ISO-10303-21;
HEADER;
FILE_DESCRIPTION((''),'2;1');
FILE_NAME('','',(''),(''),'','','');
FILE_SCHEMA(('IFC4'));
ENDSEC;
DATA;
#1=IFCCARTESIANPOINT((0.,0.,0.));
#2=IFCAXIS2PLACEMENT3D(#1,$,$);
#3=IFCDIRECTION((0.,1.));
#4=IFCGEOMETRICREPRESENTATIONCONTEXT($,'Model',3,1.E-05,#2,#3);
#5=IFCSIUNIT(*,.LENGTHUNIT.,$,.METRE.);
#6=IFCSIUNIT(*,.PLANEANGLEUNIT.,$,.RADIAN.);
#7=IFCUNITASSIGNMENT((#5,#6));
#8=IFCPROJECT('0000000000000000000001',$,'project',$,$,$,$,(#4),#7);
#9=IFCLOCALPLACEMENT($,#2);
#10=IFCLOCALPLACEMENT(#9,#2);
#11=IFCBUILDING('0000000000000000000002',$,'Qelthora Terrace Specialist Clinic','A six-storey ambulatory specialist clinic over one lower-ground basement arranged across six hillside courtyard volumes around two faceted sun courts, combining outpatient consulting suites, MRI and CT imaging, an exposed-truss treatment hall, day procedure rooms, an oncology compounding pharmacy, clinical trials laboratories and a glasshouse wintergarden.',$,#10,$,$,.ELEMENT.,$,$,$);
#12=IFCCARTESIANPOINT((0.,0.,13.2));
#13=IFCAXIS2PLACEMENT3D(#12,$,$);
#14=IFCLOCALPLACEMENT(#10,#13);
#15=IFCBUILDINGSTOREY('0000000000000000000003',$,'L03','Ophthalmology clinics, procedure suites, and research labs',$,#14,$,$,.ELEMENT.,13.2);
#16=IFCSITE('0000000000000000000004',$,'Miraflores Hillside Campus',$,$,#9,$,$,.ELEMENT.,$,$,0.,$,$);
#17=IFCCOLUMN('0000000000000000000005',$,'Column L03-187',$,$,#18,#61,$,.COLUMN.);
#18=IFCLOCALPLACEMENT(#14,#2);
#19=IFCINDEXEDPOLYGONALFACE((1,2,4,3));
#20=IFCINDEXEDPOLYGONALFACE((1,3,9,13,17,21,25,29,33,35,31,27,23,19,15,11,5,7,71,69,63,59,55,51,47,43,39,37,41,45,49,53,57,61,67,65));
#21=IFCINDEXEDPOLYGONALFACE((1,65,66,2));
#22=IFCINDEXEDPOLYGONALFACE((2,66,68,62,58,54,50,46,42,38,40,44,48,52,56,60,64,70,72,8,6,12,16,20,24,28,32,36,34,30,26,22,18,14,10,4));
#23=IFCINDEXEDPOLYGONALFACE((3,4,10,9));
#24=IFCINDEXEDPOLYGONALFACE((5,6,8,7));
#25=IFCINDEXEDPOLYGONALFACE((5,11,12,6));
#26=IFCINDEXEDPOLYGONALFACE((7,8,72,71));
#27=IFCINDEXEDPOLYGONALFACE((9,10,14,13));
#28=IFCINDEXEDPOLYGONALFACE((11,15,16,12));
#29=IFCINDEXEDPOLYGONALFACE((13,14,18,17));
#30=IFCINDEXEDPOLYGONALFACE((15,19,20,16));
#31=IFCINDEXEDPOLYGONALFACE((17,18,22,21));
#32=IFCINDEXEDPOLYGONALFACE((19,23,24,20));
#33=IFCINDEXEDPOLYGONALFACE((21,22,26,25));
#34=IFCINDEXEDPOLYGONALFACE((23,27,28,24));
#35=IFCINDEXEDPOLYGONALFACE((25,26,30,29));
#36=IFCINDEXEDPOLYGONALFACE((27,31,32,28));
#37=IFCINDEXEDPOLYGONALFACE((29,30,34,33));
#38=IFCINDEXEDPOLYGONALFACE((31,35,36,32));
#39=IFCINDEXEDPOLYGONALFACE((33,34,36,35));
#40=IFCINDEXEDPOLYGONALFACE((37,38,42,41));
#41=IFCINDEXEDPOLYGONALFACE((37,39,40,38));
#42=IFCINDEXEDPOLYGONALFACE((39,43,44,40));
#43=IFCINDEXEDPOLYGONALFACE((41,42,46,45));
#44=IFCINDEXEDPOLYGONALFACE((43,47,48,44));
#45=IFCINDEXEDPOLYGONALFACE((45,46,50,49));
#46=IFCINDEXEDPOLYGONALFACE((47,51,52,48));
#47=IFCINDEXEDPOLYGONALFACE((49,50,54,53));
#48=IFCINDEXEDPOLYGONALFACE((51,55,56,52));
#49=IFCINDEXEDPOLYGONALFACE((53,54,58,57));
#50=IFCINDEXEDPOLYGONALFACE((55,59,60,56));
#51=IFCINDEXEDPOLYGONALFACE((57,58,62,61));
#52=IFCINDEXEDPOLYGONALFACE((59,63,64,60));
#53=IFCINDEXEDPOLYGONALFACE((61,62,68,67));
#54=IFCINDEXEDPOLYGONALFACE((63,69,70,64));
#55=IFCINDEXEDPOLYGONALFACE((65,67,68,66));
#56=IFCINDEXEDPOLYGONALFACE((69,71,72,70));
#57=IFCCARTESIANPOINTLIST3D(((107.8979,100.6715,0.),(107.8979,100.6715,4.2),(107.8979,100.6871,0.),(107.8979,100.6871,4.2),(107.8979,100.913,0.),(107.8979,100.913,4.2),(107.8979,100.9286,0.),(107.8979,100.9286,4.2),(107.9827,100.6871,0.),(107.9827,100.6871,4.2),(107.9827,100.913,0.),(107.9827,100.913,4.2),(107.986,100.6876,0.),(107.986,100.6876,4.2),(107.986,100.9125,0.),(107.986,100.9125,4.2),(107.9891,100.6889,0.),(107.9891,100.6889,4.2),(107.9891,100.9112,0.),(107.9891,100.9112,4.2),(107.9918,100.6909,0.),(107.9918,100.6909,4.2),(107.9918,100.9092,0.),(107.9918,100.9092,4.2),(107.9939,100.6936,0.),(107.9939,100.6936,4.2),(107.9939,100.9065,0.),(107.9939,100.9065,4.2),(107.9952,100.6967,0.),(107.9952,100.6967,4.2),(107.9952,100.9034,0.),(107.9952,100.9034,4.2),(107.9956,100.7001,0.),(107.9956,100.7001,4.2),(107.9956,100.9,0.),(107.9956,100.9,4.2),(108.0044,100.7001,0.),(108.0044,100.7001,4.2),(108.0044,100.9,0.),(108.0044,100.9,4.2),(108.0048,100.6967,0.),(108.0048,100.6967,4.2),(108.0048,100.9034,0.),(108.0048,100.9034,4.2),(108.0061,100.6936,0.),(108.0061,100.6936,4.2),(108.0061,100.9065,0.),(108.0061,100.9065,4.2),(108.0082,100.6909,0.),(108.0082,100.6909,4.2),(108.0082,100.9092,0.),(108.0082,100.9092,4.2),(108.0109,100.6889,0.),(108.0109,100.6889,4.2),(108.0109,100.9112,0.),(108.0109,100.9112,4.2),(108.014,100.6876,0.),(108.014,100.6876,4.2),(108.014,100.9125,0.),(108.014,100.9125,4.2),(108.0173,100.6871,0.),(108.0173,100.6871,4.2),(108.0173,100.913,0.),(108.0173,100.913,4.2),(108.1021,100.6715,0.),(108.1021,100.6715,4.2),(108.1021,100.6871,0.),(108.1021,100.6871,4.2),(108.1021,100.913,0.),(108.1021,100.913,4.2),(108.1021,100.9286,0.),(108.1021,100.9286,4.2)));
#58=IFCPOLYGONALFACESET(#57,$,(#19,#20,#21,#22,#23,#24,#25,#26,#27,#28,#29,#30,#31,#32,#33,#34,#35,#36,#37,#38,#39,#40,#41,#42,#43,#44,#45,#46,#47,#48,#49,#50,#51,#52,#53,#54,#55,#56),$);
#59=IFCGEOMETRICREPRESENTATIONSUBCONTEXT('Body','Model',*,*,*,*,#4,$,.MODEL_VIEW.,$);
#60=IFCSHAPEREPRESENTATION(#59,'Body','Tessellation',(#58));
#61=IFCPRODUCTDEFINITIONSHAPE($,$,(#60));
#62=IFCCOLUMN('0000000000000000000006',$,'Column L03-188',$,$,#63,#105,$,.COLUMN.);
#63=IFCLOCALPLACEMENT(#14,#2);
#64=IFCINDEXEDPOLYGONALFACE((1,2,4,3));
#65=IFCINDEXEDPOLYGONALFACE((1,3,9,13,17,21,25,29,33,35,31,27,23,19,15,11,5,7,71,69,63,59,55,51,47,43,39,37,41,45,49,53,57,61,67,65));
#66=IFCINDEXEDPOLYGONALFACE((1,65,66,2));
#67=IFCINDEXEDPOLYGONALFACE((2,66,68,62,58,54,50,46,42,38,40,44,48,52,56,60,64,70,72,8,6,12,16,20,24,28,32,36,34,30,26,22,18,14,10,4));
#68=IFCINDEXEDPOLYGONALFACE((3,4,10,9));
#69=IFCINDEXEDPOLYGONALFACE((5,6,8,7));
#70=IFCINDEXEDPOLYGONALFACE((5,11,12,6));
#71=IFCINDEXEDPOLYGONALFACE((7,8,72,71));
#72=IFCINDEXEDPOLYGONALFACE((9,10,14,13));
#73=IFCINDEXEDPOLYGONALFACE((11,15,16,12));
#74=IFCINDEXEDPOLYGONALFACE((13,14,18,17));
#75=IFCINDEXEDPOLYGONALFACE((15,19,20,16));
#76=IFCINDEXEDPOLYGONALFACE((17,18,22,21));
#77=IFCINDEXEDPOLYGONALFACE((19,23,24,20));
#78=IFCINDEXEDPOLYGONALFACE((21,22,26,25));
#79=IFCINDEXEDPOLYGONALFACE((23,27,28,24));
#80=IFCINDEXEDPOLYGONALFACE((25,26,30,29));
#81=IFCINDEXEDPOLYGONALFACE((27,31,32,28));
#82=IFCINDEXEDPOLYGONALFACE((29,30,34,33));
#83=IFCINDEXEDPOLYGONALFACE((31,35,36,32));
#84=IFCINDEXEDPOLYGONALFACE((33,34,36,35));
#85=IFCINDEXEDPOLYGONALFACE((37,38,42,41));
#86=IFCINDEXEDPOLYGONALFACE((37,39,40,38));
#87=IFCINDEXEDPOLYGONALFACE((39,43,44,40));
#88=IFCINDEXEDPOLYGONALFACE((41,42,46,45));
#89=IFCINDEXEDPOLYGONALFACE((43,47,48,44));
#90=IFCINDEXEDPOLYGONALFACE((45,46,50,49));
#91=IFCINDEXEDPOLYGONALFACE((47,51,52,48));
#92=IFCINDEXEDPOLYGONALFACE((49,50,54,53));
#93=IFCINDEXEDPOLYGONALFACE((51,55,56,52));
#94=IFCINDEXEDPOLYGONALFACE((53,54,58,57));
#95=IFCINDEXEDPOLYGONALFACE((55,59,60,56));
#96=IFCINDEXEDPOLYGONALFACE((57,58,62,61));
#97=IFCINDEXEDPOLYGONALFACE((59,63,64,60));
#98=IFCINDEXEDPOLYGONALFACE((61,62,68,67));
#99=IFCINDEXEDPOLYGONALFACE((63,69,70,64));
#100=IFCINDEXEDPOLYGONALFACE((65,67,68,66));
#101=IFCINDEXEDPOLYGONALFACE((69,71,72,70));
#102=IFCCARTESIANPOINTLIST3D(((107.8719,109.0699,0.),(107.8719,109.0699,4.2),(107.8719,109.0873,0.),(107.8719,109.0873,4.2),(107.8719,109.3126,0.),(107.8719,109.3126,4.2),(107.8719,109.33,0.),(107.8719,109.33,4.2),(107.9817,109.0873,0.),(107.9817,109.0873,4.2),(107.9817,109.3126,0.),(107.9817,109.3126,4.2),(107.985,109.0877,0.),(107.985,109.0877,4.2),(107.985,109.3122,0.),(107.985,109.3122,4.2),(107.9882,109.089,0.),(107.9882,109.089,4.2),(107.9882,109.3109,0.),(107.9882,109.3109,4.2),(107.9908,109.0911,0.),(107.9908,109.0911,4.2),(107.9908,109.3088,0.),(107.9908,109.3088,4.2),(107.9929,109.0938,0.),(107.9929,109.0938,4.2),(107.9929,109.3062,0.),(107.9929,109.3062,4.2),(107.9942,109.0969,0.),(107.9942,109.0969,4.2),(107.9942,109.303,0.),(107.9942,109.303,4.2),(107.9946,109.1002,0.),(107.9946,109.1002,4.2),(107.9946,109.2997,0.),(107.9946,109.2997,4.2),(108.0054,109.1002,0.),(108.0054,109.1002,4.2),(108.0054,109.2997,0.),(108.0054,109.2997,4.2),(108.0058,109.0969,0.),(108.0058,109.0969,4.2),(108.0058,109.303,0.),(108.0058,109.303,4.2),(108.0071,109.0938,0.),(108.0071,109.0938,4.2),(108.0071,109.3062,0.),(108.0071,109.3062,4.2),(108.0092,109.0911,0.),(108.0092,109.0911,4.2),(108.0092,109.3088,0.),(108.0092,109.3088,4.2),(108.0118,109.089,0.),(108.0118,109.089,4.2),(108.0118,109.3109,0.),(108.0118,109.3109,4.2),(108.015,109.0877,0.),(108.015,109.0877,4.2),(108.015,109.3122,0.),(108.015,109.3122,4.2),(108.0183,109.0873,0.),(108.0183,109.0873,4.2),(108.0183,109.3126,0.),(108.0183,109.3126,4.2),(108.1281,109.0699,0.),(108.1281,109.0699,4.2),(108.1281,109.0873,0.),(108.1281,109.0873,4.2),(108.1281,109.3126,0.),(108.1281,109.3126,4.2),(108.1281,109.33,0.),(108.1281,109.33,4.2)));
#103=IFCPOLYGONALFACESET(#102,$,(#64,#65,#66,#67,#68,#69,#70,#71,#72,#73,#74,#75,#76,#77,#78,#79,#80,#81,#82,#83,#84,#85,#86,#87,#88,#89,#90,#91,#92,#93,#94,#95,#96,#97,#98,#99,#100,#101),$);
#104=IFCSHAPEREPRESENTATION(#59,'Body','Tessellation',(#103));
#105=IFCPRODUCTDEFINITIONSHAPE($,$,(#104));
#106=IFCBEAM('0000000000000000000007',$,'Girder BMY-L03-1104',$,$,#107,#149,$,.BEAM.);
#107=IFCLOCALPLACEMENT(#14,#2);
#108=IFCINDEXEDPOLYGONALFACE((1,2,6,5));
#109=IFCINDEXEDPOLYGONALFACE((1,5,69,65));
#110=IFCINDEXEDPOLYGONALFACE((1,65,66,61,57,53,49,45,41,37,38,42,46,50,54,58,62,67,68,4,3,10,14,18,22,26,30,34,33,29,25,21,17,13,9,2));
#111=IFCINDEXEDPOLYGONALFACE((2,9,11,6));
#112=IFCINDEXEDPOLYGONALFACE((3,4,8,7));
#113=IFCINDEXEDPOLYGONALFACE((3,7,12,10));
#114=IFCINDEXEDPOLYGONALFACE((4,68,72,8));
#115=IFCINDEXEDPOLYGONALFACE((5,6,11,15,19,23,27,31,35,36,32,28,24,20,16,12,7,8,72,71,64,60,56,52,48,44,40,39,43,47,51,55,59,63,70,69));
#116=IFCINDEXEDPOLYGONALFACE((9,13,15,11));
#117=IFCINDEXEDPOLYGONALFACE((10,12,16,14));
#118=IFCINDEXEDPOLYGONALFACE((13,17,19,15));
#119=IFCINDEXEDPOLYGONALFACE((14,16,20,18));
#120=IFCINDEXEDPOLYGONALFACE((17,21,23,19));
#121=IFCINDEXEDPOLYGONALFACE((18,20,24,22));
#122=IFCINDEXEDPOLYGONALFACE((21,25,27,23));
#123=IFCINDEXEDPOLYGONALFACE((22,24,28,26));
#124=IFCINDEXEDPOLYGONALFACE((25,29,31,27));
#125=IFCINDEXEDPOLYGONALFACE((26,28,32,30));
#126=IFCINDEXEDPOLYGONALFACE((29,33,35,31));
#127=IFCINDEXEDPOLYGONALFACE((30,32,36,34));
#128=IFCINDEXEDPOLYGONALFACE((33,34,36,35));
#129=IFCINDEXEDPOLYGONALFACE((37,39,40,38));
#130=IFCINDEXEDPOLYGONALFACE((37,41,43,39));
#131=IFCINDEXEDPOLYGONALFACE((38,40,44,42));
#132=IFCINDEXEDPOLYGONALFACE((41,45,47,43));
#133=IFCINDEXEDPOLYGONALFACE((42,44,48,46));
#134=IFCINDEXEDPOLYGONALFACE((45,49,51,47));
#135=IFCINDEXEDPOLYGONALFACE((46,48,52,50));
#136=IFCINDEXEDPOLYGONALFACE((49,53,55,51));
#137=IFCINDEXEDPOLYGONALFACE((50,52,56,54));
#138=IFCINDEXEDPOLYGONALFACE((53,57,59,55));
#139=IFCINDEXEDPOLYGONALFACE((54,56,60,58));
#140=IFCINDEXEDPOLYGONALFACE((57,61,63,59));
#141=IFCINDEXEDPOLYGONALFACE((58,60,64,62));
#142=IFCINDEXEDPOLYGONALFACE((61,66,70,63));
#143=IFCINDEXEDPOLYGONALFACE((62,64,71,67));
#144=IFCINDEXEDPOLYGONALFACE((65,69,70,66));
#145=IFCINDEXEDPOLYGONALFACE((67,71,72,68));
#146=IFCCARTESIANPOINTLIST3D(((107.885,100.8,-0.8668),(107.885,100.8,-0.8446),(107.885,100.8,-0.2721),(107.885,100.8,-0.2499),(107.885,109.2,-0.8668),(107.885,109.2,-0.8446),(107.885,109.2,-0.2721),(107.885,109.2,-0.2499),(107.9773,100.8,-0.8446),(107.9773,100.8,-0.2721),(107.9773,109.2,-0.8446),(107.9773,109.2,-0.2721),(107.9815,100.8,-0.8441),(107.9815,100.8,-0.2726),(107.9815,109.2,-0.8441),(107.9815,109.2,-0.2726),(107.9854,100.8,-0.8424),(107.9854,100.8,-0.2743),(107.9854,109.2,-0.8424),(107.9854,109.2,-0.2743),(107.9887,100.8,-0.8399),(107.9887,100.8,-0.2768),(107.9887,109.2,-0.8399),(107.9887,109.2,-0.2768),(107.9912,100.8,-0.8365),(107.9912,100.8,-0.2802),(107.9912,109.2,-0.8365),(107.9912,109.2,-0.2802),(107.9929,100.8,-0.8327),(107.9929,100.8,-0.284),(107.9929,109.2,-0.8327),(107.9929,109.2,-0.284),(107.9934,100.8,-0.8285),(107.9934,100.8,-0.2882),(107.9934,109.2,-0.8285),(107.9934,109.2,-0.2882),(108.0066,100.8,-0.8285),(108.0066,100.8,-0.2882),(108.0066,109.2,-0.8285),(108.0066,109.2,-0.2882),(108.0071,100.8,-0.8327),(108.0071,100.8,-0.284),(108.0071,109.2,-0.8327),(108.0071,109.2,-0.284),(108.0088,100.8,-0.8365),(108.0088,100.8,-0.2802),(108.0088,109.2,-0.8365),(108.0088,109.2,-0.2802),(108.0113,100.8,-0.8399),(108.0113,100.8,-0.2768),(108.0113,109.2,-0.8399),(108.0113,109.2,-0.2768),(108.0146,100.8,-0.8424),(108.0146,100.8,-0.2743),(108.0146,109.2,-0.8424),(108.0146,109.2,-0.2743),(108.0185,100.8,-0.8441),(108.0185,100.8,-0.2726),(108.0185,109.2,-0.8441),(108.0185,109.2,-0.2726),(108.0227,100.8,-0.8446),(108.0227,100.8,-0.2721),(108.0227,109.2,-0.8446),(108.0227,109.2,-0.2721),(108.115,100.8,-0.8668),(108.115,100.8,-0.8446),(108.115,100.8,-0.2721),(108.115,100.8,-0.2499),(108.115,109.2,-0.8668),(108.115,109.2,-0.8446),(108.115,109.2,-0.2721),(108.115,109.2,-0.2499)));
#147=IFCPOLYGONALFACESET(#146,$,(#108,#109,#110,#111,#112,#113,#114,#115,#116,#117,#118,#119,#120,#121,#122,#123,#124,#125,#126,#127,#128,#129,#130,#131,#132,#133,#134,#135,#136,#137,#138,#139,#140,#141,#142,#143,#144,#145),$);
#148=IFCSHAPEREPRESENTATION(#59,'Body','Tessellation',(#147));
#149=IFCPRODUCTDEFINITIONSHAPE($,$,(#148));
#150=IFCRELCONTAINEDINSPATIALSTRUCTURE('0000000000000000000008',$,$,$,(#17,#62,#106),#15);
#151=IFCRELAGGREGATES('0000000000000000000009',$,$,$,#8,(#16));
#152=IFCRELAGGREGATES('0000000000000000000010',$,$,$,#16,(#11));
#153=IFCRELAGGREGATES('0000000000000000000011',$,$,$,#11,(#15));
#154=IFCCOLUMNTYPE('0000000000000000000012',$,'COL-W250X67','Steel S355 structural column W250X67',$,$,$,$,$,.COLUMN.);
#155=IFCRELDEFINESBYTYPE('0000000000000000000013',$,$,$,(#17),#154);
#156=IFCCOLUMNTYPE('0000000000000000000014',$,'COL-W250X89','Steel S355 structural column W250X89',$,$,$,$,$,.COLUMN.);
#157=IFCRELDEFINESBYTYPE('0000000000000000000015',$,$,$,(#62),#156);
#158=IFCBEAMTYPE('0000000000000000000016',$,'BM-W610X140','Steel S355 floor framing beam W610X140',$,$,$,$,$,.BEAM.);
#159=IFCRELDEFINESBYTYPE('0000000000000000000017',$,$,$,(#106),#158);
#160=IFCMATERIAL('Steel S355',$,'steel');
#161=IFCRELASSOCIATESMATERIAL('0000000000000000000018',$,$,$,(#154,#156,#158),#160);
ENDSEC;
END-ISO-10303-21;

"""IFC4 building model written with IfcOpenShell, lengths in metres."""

from ifc_helpers import new_model, si_unit, direction, frame, origin, origin_2d, place, context, subcontext, project, spatial, i_section, extrude, material, material_profile, profile_set, type_object, element, save


model = new_model("IFC4")

# Units and contexts
model_context = context("Model", 3, precision=1e-05, world=origin(), true_north=direction((0.0, 1.0)))
body_context = subcontext(model_context, "Body", "Model", "MODEL_VIEW")
ifc_project = project(units=[si_unit("LENGTHUNIT", "METRE"), si_unit("PLANEANGLEUNIT", "RADIAN")], contexts=[model_context])

# Site, building, storey
site_placement = place(None, origin())
site = spatial("IfcSite", under=ifc_project, at=site_placement, Name="Miraflores Hillside Campus", CompositionType="ELEMENT", RefElevation=0.0)
building_placement = place(site_placement, origin())
building = spatial("IfcBuilding", under=site, at=building_placement, Name="Qelthora Terrace Specialist Clinic", Description="A six-storey ambulatory specialist clinic over one lower-ground basement arranged across six hillside courtyard volumes around two faceted sun courts, combining outpatient consulting suites, MRI and CT imaging, an exposed-truss treatment hall, day procedure rooms, an oncology compounding pharmacy, clinical trials laboratories and a glasshouse wintergarden.", CompositionType="ELEMENT")
storey_placement = place(building_placement, frame((0.0, 0.0, 13.2)))
storey = spatial("IfcBuildingStorey", under=building, at=storey_placement, Name="L03", Description="Ophthalmology clinics, procedure suites, and research labs", CompositionType="ELEMENT", Elevation=13.2)

# Columns
ifc_material_1 = material(Name="Steel S355", Category="steel")
ifc_material_profile_1 = material_profile(ifc_material_1, i_section(OverallWidth=0.2041, OverallDepth=0.2571, WebThickness=0.0088, FlangeThickness=0.0156, FilletRadius=0.0129, at=origin_2d()), Name="W250X67")
ifc_profile_set_1 = profile_set([ifc_material_profile_1], Name="Steel S355")
column_type_1 = type_object("IfcColumnType", Name="COL-W250X67", Description="Steel S355 structural column W250X67", PredefinedType="COLUMN", material=ifc_profile_set_1)
column_1_placement = place(storey_placement, frame((108.0, 100.8, 0.0), z_axis=(0.0, 0.0, 1.0), x_axis=(1.0, 0.0, 0.0)))
element("IfcColumn", 1, at=column_1_placement, inside=storey, type_object=column_type_1, Name="Column L03-187", PredefinedType="COLUMN", context=body_context, shape_type="SweptSolid", body=[
    extrude(i_section(OverallWidth=0.2041, OverallDepth=0.2571, WebThickness=0.0088, FlangeThickness=0.0156, FilletRadius=0.0129, at=origin_2d()), origin(), (0.0, 0.0, 1.0), 4.2),
])
ifc_material_profile_2 = material_profile(ifc_material_1, i_section(OverallWidth=0.2561, OverallDepth=0.26, WebThickness=0.0107, FlangeThickness=0.0173, FilletRadius=0.0129, at=origin_2d()), Name="W250X89")
ifc_profile_set_2 = profile_set([ifc_material_profile_2], Name="Steel S355")
column_type_2 = type_object("IfcColumnType", Name="COL-W250X89", Description="Steel S355 structural column W250X89", PredefinedType="COLUMN", material=ifc_profile_set_2)
column_2_placement = place(storey_placement, frame((108.0, 109.2, 0.0), z_axis=(0.0, 0.0, 1.0), x_axis=(1.0, 0.0, 0.0)))
element("IfcColumn", 2, at=column_2_placement, inside=storey, type_object=column_type_2, Name="Column L03-188", PredefinedType="COLUMN", context=body_context, shape_type="SweptSolid", body=[
    extrude(i_section(OverallWidth=0.2561, OverallDepth=0.26, WebThickness=0.0107, FlangeThickness=0.0173, FilletRadius=0.0129, at=origin_2d()), origin(), (0.0, 0.0, 1.0), 4.2),
])

# Beam
ifc_material_profile_3 = material_profile(ifc_material_1, i_section(OverallWidth=0.23, OverallDepth=0.6169, WebThickness=0.0132, FlangeThickness=0.0222, FilletRadius=0.0161, at=origin_2d()), Name="W610X140")
ifc_profile_set_3 = profile_set([ifc_material_profile_3], Name="Steel S355")
beam_type_1 = type_object("IfcBeamType", Name="BM-W610X140", Description="Steel S355 floor framing beam W610X140", PredefinedType="BEAM", material=ifc_profile_set_3)
beam_1_placement = place(storey_placement, frame((108.0, 100.8, -0.5583), z_axis=(0.0, 1.0, 0.0), x_axis=(-1.0, 0.0, 0.0)))
element("IfcBeam", 3, at=beam_1_placement, inside=storey, type_object=beam_type_1, Name="Girder BMY-L03-1104", PredefinedType="BEAM", context=body_context, shape_type="SweptSolid", body=[
    extrude(i_section(OverallWidth=0.23, OverallDepth=0.6169, WebThickness=0.0132, FlangeThickness=0.0222, FilletRadius=0.0161, at=origin_2d()), origin(), (0.0, 0.0, 1.0), 8.3999),
])

save(model, "model.ifc")
